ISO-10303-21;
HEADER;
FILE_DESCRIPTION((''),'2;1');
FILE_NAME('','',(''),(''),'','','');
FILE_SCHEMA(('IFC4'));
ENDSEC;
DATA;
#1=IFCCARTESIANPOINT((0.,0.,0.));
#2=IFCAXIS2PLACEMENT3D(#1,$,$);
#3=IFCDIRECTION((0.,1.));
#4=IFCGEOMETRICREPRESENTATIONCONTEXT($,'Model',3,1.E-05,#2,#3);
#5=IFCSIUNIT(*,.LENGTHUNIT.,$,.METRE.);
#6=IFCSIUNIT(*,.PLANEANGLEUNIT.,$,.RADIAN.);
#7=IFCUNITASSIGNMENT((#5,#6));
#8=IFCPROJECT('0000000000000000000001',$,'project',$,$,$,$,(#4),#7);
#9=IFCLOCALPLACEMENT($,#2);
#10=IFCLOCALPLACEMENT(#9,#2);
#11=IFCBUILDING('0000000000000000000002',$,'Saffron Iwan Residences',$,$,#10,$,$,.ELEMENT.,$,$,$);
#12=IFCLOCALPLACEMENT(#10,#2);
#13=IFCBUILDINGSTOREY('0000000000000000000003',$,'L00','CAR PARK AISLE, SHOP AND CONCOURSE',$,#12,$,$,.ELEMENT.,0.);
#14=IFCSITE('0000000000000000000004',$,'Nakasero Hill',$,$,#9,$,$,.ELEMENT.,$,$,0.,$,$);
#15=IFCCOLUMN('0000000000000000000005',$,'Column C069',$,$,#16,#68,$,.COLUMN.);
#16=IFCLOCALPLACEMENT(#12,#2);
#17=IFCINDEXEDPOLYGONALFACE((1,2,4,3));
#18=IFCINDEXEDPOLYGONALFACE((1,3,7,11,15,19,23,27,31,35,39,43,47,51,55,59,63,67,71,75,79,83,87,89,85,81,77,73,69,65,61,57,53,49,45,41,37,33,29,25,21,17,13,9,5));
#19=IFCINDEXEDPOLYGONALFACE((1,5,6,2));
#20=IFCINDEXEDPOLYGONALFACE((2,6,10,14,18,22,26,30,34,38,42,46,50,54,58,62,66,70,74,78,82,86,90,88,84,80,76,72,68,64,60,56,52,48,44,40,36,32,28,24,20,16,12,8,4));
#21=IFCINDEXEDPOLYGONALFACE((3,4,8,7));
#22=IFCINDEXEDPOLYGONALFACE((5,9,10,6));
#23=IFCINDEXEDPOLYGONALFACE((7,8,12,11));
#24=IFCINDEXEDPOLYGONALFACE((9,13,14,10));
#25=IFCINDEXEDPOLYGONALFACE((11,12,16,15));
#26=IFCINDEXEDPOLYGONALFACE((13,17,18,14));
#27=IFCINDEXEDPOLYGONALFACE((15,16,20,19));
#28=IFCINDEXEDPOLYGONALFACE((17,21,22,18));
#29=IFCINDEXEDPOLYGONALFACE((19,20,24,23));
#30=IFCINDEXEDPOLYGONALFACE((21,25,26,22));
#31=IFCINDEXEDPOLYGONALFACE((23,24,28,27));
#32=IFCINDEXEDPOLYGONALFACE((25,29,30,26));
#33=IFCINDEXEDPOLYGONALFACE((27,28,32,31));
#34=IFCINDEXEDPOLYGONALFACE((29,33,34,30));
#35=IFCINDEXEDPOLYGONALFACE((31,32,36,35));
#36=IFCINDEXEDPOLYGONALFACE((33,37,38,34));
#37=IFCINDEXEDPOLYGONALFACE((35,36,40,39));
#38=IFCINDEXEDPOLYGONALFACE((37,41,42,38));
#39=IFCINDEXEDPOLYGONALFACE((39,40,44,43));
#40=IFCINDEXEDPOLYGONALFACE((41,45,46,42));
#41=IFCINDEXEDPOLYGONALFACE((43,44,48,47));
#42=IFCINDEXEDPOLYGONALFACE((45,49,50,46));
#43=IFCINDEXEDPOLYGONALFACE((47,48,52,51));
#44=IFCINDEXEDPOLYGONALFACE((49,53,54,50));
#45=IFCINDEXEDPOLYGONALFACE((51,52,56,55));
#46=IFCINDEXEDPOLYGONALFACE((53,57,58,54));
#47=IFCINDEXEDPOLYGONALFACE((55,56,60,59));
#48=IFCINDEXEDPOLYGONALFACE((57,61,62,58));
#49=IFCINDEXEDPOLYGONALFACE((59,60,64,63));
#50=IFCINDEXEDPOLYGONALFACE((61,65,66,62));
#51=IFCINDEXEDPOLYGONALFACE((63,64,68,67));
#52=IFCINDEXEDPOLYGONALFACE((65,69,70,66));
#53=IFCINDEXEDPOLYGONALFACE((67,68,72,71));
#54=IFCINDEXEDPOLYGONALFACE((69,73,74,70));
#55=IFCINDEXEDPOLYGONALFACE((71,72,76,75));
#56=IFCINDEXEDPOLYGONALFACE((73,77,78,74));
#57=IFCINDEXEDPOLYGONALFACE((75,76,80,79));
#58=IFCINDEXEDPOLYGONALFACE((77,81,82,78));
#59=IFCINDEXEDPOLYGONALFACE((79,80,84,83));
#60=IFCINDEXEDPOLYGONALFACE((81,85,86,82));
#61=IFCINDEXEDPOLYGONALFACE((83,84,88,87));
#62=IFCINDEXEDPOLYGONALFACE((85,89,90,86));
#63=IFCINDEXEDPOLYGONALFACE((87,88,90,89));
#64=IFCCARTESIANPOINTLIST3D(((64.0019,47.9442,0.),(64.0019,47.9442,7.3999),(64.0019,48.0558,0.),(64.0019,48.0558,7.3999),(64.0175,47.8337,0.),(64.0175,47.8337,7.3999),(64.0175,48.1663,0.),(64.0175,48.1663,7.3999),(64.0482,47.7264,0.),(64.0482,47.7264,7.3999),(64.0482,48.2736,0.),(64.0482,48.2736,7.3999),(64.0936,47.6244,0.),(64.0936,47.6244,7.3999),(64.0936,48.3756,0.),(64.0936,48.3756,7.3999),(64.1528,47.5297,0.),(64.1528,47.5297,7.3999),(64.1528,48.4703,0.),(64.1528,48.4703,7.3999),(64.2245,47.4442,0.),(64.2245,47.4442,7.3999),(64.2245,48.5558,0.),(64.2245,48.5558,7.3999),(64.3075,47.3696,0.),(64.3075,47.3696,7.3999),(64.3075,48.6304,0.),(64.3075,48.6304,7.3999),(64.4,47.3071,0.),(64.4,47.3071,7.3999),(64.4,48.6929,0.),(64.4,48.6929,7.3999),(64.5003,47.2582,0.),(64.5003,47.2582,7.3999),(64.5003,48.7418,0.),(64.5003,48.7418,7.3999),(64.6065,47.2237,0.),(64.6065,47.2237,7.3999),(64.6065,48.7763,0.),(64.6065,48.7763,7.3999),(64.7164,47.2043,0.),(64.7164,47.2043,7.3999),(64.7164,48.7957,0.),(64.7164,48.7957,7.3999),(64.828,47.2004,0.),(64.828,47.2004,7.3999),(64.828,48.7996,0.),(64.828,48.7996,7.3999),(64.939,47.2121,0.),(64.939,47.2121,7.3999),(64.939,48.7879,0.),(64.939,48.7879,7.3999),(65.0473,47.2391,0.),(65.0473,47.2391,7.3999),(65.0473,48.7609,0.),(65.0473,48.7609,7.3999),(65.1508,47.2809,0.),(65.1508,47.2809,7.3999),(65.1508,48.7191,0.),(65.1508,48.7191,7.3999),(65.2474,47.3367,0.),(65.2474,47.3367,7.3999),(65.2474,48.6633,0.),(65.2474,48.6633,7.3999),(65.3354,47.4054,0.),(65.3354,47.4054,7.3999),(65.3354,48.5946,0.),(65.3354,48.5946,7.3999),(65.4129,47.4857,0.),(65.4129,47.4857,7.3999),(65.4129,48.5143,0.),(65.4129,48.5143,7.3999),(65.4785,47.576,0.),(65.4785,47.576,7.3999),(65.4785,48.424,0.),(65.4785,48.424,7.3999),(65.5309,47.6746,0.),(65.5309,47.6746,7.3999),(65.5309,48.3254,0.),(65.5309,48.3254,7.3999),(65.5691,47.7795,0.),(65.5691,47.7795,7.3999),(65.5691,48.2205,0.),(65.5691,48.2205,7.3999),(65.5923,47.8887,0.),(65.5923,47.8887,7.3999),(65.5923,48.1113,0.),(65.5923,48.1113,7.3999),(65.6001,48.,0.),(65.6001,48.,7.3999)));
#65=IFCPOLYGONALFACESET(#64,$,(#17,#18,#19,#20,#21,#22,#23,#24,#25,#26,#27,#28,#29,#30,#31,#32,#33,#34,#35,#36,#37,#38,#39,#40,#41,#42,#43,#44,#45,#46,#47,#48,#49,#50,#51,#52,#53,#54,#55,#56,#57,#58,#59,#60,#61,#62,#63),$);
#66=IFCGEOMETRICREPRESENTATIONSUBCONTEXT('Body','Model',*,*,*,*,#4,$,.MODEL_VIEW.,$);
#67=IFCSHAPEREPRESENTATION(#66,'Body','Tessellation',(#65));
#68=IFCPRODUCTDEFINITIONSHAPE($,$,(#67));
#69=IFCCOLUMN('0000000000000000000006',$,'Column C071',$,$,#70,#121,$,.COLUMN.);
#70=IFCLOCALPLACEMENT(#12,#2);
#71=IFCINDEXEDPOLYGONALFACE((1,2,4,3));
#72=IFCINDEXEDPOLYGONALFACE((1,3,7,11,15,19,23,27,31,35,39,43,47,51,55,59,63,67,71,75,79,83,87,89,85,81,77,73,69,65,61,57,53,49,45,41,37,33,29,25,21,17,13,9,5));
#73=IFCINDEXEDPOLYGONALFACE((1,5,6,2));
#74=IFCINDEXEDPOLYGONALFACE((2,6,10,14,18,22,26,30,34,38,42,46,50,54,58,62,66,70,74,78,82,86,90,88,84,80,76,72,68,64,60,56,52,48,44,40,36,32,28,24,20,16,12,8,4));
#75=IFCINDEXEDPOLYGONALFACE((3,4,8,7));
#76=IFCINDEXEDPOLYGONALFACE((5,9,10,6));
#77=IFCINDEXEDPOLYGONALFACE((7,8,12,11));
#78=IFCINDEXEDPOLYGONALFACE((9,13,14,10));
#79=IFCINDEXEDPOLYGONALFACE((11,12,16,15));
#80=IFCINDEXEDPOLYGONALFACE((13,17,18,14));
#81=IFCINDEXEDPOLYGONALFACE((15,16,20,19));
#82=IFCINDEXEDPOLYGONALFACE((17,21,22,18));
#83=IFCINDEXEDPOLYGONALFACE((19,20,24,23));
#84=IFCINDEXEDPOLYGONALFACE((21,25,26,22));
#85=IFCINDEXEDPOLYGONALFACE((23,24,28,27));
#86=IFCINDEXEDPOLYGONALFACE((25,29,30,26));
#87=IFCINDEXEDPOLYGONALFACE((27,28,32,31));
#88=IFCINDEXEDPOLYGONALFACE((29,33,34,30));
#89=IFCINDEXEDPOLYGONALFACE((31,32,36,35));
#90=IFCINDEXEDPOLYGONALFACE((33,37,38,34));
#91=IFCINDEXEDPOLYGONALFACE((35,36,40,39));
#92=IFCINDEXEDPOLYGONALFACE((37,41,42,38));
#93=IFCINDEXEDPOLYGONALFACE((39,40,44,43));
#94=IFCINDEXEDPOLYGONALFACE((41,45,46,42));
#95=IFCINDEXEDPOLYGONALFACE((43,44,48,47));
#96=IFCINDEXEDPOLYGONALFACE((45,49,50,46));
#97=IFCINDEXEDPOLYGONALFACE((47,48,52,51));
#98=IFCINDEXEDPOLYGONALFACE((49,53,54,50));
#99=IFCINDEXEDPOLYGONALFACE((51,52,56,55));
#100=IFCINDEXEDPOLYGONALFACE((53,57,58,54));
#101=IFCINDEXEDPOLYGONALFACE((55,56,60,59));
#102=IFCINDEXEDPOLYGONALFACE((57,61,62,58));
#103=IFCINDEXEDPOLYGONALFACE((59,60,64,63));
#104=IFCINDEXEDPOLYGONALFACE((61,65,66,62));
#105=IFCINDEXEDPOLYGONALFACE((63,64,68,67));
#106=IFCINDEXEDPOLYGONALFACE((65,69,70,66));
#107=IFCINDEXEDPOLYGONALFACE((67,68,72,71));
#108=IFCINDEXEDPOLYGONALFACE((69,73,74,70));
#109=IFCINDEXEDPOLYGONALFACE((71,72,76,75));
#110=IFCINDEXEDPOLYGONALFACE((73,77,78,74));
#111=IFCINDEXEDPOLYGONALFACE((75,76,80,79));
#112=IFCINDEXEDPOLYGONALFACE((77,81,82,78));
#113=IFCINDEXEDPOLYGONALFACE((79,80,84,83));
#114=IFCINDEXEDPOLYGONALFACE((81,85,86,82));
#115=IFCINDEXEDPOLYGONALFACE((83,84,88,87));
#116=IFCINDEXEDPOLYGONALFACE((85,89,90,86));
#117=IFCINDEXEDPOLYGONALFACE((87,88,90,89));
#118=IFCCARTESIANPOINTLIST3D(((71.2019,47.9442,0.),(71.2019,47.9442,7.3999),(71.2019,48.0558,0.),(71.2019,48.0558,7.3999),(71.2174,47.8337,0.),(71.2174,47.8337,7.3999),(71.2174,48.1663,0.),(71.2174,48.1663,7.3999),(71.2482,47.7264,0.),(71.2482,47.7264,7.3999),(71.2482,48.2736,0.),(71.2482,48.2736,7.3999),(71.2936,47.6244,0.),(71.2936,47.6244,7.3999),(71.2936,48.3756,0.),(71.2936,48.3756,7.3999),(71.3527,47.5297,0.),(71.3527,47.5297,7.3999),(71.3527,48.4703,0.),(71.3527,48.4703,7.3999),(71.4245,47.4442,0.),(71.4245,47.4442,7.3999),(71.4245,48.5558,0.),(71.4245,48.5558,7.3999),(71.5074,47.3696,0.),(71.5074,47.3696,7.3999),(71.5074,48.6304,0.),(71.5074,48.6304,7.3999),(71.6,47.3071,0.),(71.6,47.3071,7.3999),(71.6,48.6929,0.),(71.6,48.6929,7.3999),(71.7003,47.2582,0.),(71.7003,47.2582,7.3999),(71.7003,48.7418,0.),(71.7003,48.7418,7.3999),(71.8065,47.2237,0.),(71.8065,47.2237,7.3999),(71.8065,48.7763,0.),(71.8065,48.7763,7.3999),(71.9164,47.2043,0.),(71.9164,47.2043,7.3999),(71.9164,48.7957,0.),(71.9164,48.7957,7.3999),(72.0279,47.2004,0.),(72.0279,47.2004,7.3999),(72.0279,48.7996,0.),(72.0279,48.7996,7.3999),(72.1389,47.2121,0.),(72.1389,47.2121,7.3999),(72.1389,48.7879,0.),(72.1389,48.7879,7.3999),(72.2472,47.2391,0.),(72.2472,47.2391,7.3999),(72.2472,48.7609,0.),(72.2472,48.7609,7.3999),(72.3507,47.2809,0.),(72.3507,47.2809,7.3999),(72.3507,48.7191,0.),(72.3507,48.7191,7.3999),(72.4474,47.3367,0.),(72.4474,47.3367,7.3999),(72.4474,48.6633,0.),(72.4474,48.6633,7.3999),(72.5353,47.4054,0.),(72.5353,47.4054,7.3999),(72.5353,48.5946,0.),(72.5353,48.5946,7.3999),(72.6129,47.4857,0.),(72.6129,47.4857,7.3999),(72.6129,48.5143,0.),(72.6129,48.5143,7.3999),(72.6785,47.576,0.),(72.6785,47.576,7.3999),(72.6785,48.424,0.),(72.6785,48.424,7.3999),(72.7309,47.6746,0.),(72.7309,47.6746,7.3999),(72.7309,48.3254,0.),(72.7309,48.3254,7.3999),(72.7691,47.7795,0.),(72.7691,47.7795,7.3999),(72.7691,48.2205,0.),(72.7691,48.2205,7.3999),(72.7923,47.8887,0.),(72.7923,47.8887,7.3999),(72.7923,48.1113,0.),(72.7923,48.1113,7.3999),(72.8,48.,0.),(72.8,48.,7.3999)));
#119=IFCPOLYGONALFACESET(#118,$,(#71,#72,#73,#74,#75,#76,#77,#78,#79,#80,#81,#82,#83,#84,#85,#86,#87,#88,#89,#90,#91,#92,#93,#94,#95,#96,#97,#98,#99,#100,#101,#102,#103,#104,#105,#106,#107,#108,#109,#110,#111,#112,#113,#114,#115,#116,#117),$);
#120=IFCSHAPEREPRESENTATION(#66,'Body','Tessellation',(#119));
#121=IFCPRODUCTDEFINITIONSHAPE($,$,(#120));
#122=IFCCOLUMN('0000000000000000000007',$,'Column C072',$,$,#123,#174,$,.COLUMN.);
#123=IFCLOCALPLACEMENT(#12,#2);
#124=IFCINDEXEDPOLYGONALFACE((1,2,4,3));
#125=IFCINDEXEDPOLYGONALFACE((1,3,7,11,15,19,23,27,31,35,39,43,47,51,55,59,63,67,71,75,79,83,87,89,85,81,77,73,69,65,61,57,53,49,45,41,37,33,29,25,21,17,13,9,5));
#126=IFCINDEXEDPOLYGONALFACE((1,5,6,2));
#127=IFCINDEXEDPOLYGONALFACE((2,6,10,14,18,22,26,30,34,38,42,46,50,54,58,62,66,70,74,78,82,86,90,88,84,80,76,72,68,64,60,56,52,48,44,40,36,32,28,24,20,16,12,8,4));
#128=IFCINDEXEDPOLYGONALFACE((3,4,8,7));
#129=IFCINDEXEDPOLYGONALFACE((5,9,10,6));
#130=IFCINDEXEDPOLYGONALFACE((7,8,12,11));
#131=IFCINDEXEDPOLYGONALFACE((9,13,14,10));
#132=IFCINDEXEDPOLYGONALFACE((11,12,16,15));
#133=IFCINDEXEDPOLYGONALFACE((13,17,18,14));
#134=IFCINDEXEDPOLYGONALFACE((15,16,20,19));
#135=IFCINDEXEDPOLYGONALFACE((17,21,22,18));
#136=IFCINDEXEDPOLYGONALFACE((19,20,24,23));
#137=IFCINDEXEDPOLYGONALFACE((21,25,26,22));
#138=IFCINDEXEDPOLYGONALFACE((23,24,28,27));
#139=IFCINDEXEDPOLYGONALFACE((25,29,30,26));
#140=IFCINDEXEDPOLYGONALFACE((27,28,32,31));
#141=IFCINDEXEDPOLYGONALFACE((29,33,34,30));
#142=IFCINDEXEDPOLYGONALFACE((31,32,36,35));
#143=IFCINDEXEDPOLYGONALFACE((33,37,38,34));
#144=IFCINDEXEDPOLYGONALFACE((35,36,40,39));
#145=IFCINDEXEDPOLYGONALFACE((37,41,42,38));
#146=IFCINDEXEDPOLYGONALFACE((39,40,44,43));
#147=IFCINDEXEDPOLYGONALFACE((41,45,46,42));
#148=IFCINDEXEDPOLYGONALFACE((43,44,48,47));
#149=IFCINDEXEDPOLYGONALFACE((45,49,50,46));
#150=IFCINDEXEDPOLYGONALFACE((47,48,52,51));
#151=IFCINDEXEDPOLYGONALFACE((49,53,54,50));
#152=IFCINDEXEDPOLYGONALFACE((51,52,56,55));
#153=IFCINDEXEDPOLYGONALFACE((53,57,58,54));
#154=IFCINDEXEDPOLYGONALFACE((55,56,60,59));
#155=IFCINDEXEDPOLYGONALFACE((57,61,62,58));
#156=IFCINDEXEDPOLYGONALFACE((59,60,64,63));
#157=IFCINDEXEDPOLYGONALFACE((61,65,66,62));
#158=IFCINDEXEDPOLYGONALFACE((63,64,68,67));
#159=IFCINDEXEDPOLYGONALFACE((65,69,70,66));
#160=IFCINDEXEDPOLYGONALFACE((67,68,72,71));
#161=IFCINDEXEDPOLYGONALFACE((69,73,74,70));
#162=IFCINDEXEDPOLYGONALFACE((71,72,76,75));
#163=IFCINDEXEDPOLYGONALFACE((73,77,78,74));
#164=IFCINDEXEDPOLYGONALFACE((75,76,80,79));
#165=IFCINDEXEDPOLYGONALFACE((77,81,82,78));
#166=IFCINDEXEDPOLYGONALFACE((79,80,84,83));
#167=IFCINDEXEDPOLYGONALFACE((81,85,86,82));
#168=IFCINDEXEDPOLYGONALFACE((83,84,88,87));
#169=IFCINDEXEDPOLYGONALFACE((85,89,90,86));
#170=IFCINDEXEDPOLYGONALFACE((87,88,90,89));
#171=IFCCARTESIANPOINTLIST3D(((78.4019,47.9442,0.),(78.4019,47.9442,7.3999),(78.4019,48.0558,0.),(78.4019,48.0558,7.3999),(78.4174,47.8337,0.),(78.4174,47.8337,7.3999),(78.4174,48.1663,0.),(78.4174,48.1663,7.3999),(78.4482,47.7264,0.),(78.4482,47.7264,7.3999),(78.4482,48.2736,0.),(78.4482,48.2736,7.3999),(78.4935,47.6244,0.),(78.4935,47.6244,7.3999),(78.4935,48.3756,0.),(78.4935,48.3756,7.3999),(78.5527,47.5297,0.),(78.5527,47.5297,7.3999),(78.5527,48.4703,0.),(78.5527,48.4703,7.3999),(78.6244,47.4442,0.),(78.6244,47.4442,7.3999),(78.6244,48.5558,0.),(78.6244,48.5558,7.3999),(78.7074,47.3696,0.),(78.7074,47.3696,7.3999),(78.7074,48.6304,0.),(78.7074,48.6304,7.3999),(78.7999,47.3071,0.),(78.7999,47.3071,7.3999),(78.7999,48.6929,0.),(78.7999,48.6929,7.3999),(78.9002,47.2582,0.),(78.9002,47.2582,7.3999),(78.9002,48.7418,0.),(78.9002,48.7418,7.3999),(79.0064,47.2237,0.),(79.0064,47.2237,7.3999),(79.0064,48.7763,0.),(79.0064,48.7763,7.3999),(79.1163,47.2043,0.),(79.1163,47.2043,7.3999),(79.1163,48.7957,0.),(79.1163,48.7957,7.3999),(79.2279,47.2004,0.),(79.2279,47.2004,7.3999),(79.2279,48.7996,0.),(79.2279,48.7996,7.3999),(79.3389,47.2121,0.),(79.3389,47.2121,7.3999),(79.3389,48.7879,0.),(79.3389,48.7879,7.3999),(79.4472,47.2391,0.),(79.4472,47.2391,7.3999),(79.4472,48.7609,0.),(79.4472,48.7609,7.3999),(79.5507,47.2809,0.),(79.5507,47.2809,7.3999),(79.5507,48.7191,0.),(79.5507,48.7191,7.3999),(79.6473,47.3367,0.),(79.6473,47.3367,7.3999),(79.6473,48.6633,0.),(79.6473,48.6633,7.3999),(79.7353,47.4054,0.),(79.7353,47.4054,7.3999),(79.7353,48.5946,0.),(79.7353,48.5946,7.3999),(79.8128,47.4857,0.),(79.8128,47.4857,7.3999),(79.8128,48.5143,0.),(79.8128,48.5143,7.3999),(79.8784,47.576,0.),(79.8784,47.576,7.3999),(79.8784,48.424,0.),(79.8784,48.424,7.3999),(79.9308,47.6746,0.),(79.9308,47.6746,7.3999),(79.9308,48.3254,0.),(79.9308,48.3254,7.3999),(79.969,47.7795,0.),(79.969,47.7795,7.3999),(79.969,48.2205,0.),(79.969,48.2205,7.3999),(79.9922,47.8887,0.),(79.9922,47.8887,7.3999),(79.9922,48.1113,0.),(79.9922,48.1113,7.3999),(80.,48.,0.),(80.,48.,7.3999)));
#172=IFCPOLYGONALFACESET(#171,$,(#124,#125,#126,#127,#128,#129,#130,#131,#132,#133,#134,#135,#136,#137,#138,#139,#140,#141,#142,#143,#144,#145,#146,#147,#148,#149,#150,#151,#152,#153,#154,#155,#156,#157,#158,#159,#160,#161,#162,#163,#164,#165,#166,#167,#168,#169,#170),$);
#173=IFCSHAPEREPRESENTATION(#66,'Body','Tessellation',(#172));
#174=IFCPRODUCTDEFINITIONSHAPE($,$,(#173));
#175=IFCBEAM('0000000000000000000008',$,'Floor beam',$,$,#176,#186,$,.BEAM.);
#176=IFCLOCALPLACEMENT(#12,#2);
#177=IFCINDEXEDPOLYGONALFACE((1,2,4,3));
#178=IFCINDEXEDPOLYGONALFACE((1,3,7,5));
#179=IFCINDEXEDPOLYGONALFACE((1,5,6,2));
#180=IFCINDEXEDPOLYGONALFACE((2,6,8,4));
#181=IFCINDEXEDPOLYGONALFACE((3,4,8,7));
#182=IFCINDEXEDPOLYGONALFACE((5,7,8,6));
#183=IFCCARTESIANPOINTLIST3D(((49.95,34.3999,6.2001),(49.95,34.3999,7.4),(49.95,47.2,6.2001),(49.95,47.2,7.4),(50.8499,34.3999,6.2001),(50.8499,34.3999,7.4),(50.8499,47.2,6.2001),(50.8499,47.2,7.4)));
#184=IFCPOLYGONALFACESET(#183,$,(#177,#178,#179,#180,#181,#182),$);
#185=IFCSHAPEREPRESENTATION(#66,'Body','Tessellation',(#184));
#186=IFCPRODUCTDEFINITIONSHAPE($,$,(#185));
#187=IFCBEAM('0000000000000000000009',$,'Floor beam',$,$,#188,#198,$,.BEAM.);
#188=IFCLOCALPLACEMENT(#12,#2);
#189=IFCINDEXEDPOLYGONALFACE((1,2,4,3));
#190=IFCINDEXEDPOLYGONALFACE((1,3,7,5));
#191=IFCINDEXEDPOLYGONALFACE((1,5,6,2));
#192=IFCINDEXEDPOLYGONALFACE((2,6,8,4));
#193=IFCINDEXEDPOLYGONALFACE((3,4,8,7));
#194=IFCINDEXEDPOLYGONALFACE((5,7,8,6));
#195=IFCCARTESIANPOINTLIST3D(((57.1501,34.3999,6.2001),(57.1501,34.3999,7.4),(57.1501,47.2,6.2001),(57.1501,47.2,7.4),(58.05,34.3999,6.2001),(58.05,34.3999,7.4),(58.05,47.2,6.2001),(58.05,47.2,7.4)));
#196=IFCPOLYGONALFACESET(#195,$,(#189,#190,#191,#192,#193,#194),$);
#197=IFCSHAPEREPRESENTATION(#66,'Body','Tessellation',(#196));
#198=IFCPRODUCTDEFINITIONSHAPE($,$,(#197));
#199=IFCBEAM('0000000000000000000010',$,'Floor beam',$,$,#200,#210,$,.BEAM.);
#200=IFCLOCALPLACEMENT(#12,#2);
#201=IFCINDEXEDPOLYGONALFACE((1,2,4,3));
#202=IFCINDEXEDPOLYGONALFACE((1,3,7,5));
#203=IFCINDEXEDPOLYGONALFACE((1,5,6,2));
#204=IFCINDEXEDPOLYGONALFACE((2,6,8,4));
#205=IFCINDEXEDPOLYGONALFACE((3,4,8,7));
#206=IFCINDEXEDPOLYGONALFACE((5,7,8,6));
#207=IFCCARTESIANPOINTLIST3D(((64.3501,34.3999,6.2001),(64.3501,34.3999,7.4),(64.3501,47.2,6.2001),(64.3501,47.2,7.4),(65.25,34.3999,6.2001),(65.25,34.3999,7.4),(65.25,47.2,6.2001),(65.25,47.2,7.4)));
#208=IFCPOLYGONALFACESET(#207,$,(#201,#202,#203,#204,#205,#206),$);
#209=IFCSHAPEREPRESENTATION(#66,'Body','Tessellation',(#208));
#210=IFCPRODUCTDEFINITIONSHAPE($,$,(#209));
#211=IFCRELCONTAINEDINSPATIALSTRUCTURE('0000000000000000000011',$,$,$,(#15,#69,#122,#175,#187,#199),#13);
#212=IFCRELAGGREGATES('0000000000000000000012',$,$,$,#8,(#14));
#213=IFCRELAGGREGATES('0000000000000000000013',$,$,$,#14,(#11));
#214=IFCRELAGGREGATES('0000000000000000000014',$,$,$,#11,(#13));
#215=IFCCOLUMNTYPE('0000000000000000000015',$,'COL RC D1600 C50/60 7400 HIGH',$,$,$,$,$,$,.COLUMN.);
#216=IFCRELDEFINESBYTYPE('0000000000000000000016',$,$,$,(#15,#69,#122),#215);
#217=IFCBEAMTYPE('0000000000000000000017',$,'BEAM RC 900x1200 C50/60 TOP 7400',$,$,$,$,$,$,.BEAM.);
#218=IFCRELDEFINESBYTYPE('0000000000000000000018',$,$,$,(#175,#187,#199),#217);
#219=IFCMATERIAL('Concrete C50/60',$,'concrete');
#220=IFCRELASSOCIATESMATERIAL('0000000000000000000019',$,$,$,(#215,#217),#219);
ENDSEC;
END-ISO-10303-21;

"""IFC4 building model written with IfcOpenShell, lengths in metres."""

from ifc_helpers import new_model, si_unit, direction, frame, origin, origin_2d, place, context, subcontext, project, spatial, rectangle, circle, extrude, source, transform, mapped, material, material_profile, profile_set, type_object, element, save


model = new_model("IFC4")

# Units and contexts
model_context = context("Model", 3, precision=1e-05, world=origin(), true_north=direction((0.0, 1.0)))
body_context = subcontext(model_context, "Body", "Model", "MODEL_VIEW")
ifc_project = project(units=[si_unit("LENGTHUNIT", "METRE"), si_unit("PLANEANGLEUNIT", "RADIAN")], contexts=[model_context])

# Site, building, storey
site_placement = place(None, origin())
site = spatial("IfcSite", under=ifc_project, at=site_placement, Name="Nakasero Hill", CompositionType="ELEMENT", RefElevation=0.0)
building_placement = place(site_placement, origin())
building = spatial("IfcBuilding", under=site, at=building_placement, Name="Saffron Iwan Residences", CompositionType="ELEMENT")
storey_placement = place(building_placement, origin())
storey = spatial("IfcBuildingStorey", under=building, at=storey_placement, Name="L00", Description="CAR PARK AISLE, SHOP AND CONCOURSE", CompositionType="ELEMENT", Elevation=0.0)

# Columns
ifc_material_1 = material(Name="Concrete C50/60", Category="concrete")
ifc_material_profile_1 = material_profile(ifc_material_1, circle(Radius=0.8, at=origin_2d()), Name="RC D1600")
ifc_profile_set_1 = profile_set([ifc_material_profile_1], Name="Concrete C50/60")
column_type = type_object("IfcColumnType", Name="COL RC D1600 C50/60 7400 HIGH", PredefinedType="COLUMN", material=ifc_profile_set_1)
shared_shape_1 = source(origin(), body_context, "Body", "SweptSolid", [
    extrude(circle(Radius=0.8, at=origin_2d()), origin(), (0.0, 0.0, 1.0), 7.3999),
])
for number, where, z_axis, x_axis, name in (
    (1, (64.8, 48.0, 0.0), (0.0, 0.0, 1.0), (1.0, 0.0, 0.0), "Column C069"),
    (2, (72.0, 48.0, 0.0), (0.0, 0.0, 1.0), (1.0, 0.0, 0.0), "Column C071"),
    (3, (79.2, 48.0, 0.0), (0.0, 0.0, 1.0), (1.0, 0.0, 0.0), "Column C072"),
):
    element("IfcColumn", number, at=place(storey_placement, frame(where, z_axis=z_axis, x_axis=x_axis)), inside=storey, type_object=column_type, Name=name, PredefinedType="COLUMN", context=body_context, shape_type="MappedRepresentation", body=[
        mapped(shared_shape_1, transform((0.0, 0.0, 0.0))),
    ])

# Beams
ifc_material_profile_2 = material_profile(ifc_material_1, rectangle(XDim=0.8999, YDim=1.2, at=origin_2d()), Name="RC 900x1200")
ifc_profile_set_2 = profile_set([ifc_material_profile_2], Name="Concrete C50/60")
beam_type_1 = type_object("IfcBeamType", Name="BEAM RC 900x1200 C50/60 TOP 7400", PredefinedType="BEAM", material=ifc_profile_set_2)
shared_shape_2 = source(origin(), body_context, "Body", "SweptSolid", [
    extrude(rectangle(XDim=0.8999, YDim=1.2, at=origin_2d()), origin(), (0.0, 0.0, 1.0), 12.8),
])
for number, where, z_axis, x_axis, name in (
    (4, (50.3999, 34.3999, 6.8), (0.0, 1.0, 0.0), (-1.0, 0.0, 0.0), "Floor beam"),
    (5, (57.6001, 34.3999, 6.8), (0.0, 1.0, 0.0), (-1.0, 0.0, 0.0), "Floor beam"),
    (6, (64.8, 34.3999, 6.8), (0.0, 1.0, 0.0), (-1.0, 0.0, 0.0), "Floor beam"),
):
    element("IfcBeam", number, at=place(storey_placement, frame(where, z_axis=z_axis, x_axis=x_axis)), inside=storey, type_object=beam_type_1, Name=name, PredefinedType="BEAM", context=body_context, shape_type="MappedRepresentation", body=[
        mapped(shared_shape_2, transform((0.0, 0.0, 0.0))),
    ])

save(model, "model.ifc")
